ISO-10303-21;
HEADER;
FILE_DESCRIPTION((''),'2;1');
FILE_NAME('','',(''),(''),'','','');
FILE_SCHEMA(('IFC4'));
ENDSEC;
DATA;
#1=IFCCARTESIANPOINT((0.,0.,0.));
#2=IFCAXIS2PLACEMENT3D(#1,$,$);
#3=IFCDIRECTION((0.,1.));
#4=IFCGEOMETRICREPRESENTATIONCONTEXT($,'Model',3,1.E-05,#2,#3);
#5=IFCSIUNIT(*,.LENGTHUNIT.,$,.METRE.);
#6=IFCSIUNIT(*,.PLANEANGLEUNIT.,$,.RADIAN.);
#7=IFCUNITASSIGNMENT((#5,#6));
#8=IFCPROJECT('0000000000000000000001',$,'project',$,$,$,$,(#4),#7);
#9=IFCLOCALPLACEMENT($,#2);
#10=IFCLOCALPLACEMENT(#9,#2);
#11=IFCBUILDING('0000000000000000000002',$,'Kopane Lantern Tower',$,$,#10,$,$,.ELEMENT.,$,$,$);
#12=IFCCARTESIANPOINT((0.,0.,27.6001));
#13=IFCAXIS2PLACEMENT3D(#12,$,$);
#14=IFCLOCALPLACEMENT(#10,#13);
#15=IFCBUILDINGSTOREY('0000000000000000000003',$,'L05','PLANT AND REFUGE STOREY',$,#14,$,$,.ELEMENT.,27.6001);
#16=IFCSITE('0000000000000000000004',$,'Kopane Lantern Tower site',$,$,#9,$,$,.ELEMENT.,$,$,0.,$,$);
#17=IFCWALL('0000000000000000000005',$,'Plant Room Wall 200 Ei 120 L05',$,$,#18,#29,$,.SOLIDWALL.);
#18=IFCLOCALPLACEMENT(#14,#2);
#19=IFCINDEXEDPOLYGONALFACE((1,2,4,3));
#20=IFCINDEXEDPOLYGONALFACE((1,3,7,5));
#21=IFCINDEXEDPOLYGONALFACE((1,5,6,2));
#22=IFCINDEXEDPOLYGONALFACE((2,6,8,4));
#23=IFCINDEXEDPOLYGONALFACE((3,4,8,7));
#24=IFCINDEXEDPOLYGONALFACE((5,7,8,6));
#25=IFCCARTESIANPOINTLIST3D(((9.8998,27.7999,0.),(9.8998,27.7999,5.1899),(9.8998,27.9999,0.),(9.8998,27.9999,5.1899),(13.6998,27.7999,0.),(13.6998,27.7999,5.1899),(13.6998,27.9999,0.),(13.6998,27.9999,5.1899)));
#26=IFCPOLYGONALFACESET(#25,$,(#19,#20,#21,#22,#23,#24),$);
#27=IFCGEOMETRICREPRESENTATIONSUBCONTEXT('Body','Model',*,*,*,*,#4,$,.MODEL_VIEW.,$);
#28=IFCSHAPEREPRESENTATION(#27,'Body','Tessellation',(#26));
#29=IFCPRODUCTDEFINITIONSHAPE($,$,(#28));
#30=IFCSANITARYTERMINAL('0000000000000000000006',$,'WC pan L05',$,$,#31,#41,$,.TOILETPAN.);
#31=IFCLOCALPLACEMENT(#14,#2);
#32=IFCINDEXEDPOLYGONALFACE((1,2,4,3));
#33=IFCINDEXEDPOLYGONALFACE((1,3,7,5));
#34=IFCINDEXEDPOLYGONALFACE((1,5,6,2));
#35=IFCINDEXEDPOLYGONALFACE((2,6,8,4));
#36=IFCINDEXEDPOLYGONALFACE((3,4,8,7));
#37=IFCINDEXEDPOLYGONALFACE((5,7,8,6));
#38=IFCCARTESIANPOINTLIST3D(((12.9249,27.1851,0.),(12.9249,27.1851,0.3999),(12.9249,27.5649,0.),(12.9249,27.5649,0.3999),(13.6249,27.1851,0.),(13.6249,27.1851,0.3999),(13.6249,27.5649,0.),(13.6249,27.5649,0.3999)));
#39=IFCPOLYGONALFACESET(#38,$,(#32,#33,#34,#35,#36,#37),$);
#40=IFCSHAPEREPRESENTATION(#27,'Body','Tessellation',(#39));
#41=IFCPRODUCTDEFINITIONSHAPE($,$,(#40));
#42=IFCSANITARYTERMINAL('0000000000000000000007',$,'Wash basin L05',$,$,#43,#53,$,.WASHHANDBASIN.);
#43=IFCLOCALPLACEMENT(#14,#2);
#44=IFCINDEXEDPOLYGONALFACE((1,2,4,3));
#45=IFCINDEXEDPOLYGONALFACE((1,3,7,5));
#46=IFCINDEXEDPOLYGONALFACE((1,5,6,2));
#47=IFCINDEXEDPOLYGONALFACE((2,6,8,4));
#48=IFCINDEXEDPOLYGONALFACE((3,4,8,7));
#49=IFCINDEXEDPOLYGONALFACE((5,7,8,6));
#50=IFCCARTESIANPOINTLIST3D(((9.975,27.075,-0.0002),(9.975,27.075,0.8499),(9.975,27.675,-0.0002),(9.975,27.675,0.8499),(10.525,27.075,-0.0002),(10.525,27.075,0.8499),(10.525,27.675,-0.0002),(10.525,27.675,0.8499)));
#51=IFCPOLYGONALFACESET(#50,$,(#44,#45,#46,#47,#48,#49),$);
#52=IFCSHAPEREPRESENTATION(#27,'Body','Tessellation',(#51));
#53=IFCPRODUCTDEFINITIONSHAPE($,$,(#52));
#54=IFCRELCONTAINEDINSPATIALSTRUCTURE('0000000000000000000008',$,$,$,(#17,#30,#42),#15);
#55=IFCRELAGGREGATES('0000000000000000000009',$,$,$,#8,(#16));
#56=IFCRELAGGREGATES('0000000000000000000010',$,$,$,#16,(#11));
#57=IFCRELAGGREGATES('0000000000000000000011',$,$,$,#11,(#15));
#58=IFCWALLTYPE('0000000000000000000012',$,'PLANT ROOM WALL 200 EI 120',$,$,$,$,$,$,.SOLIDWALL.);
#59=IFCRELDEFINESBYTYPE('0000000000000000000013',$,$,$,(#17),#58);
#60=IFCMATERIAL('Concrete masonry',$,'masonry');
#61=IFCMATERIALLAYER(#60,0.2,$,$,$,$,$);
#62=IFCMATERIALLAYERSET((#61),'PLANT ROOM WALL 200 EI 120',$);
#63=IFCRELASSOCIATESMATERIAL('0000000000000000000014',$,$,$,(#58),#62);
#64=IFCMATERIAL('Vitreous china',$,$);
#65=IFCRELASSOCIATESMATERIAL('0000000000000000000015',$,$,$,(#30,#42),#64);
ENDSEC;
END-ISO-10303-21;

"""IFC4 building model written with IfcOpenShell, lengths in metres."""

from ifc_helpers import new_model, si_unit, direction, frame, frame_2d, origin, origin_2d, place, context, subcontext, project, spatial, rectangle, extrude, material, layer, layer_set, type_object, element, save


model = new_model("IFC4")

# Units and contexts
model_context = context("Model", 3, precision=1e-05, world=origin(), true_north=direction((0.0, 1.0)))
body_context = subcontext(model_context, "Body", "Model", "MODEL_VIEW")
ifc_project = project(units=[si_unit("LENGTHUNIT", "METRE"), si_unit("PLANEANGLEUNIT", "RADIAN")], contexts=[model_context])

# Site, building, storey
site_placement = place(None, origin())
site = spatial("IfcSite", under=ifc_project, at=site_placement, Name="Kopane Lantern Tower site", CompositionType="ELEMENT", RefElevation=0.0)
building_placement = place(site_placement, origin())
building = spatial("IfcBuilding", under=site, at=building_placement, Name="Kopane Lantern Tower", CompositionType="ELEMENT")
storey_placement = place(building_placement, frame((0.0, 0.0, 27.6001)))
storey = spatial("IfcBuildingStorey", under=building, at=storey_placement, Name="L05", Description="PLANT AND REFUGE STOREY", CompositionType="ELEMENT", Elevation=27.6001)

# Wall
ifc_material_1 = material(Name="Concrete masonry", Category="masonry")
ifc_layer_1 = layer(ifc_material_1, 0.2)
ifc_layer_set_1 = layer_set([ifc_layer_1], Name="PLANT ROOM WALL 200 EI 120")
wall_type_1 = type_object("IfcWallType", Name="PLANT ROOM WALL 200 EI 120", PredefinedType="SOLIDWALL", material=ifc_layer_set_1)
wall_1_placement = place(storey_placement, frame((9.8999, 27.8999, 0.0), z_axis=(0.0, 0.0, 1.0), x_axis=(1.0, 0.0, 0.0)))
element("IfcWall", 1, at=wall_1_placement, inside=storey, type_object=wall_type_1, Name="Plant Room Wall 200 Ei 120 L05", PredefinedType="SOLIDWALL", context=body_context, shape_type="SweptSolid", body=[
    extrude(rectangle(XDim=3.8, YDim=0.2, at=frame_2d((1.8999, 0.0))), origin(), (0.0, 0.0, 1.0), 5.1899),
])

# Sanitary terminals
ifc_material_2 = material(Name="Vitreous china")
sanitary_terminal_1_placement = place(storey_placement, frame((13.2749, 27.375, 0.0), z_axis=(0.0, 0.0, 1.0), x_axis=(1.0, 0.0, 0.0)))
element("IfcSanitaryTerminal", 2, at=sanitary_terminal_1_placement, inside=storey, material=ifc_material_2, Name="WC pan L05", PredefinedType="TOILETPAN", context=body_context, shape_type="SweptSolid", body=[
    extrude(rectangle(XDim=0.7, YDim=0.3799, at=origin_2d()), origin(), (0.0, 0.0, 1.0), 0.3999),
])
sanitary_terminal_2_placement = place(storey_placement, frame((10.25, 27.375, -0.0002), z_axis=(0.0, 0.0, 1.0), x_axis=(1.0, 0.0, 0.0)))
element("IfcSanitaryTerminal", 3, at=sanitary_terminal_2_placement, inside=storey, material=ifc_material_2, Name="Wash basin L05", PredefinedType="WASHHANDBASIN", context=body_context, shape_type="SweptSolid", body=[
    extrude(rectangle(XDim=0.55, YDim=0.6001, at=origin_2d()), origin(), (0.0, 0.0, 1.0), 0.8501),
])

save(model, "model.ifc")
